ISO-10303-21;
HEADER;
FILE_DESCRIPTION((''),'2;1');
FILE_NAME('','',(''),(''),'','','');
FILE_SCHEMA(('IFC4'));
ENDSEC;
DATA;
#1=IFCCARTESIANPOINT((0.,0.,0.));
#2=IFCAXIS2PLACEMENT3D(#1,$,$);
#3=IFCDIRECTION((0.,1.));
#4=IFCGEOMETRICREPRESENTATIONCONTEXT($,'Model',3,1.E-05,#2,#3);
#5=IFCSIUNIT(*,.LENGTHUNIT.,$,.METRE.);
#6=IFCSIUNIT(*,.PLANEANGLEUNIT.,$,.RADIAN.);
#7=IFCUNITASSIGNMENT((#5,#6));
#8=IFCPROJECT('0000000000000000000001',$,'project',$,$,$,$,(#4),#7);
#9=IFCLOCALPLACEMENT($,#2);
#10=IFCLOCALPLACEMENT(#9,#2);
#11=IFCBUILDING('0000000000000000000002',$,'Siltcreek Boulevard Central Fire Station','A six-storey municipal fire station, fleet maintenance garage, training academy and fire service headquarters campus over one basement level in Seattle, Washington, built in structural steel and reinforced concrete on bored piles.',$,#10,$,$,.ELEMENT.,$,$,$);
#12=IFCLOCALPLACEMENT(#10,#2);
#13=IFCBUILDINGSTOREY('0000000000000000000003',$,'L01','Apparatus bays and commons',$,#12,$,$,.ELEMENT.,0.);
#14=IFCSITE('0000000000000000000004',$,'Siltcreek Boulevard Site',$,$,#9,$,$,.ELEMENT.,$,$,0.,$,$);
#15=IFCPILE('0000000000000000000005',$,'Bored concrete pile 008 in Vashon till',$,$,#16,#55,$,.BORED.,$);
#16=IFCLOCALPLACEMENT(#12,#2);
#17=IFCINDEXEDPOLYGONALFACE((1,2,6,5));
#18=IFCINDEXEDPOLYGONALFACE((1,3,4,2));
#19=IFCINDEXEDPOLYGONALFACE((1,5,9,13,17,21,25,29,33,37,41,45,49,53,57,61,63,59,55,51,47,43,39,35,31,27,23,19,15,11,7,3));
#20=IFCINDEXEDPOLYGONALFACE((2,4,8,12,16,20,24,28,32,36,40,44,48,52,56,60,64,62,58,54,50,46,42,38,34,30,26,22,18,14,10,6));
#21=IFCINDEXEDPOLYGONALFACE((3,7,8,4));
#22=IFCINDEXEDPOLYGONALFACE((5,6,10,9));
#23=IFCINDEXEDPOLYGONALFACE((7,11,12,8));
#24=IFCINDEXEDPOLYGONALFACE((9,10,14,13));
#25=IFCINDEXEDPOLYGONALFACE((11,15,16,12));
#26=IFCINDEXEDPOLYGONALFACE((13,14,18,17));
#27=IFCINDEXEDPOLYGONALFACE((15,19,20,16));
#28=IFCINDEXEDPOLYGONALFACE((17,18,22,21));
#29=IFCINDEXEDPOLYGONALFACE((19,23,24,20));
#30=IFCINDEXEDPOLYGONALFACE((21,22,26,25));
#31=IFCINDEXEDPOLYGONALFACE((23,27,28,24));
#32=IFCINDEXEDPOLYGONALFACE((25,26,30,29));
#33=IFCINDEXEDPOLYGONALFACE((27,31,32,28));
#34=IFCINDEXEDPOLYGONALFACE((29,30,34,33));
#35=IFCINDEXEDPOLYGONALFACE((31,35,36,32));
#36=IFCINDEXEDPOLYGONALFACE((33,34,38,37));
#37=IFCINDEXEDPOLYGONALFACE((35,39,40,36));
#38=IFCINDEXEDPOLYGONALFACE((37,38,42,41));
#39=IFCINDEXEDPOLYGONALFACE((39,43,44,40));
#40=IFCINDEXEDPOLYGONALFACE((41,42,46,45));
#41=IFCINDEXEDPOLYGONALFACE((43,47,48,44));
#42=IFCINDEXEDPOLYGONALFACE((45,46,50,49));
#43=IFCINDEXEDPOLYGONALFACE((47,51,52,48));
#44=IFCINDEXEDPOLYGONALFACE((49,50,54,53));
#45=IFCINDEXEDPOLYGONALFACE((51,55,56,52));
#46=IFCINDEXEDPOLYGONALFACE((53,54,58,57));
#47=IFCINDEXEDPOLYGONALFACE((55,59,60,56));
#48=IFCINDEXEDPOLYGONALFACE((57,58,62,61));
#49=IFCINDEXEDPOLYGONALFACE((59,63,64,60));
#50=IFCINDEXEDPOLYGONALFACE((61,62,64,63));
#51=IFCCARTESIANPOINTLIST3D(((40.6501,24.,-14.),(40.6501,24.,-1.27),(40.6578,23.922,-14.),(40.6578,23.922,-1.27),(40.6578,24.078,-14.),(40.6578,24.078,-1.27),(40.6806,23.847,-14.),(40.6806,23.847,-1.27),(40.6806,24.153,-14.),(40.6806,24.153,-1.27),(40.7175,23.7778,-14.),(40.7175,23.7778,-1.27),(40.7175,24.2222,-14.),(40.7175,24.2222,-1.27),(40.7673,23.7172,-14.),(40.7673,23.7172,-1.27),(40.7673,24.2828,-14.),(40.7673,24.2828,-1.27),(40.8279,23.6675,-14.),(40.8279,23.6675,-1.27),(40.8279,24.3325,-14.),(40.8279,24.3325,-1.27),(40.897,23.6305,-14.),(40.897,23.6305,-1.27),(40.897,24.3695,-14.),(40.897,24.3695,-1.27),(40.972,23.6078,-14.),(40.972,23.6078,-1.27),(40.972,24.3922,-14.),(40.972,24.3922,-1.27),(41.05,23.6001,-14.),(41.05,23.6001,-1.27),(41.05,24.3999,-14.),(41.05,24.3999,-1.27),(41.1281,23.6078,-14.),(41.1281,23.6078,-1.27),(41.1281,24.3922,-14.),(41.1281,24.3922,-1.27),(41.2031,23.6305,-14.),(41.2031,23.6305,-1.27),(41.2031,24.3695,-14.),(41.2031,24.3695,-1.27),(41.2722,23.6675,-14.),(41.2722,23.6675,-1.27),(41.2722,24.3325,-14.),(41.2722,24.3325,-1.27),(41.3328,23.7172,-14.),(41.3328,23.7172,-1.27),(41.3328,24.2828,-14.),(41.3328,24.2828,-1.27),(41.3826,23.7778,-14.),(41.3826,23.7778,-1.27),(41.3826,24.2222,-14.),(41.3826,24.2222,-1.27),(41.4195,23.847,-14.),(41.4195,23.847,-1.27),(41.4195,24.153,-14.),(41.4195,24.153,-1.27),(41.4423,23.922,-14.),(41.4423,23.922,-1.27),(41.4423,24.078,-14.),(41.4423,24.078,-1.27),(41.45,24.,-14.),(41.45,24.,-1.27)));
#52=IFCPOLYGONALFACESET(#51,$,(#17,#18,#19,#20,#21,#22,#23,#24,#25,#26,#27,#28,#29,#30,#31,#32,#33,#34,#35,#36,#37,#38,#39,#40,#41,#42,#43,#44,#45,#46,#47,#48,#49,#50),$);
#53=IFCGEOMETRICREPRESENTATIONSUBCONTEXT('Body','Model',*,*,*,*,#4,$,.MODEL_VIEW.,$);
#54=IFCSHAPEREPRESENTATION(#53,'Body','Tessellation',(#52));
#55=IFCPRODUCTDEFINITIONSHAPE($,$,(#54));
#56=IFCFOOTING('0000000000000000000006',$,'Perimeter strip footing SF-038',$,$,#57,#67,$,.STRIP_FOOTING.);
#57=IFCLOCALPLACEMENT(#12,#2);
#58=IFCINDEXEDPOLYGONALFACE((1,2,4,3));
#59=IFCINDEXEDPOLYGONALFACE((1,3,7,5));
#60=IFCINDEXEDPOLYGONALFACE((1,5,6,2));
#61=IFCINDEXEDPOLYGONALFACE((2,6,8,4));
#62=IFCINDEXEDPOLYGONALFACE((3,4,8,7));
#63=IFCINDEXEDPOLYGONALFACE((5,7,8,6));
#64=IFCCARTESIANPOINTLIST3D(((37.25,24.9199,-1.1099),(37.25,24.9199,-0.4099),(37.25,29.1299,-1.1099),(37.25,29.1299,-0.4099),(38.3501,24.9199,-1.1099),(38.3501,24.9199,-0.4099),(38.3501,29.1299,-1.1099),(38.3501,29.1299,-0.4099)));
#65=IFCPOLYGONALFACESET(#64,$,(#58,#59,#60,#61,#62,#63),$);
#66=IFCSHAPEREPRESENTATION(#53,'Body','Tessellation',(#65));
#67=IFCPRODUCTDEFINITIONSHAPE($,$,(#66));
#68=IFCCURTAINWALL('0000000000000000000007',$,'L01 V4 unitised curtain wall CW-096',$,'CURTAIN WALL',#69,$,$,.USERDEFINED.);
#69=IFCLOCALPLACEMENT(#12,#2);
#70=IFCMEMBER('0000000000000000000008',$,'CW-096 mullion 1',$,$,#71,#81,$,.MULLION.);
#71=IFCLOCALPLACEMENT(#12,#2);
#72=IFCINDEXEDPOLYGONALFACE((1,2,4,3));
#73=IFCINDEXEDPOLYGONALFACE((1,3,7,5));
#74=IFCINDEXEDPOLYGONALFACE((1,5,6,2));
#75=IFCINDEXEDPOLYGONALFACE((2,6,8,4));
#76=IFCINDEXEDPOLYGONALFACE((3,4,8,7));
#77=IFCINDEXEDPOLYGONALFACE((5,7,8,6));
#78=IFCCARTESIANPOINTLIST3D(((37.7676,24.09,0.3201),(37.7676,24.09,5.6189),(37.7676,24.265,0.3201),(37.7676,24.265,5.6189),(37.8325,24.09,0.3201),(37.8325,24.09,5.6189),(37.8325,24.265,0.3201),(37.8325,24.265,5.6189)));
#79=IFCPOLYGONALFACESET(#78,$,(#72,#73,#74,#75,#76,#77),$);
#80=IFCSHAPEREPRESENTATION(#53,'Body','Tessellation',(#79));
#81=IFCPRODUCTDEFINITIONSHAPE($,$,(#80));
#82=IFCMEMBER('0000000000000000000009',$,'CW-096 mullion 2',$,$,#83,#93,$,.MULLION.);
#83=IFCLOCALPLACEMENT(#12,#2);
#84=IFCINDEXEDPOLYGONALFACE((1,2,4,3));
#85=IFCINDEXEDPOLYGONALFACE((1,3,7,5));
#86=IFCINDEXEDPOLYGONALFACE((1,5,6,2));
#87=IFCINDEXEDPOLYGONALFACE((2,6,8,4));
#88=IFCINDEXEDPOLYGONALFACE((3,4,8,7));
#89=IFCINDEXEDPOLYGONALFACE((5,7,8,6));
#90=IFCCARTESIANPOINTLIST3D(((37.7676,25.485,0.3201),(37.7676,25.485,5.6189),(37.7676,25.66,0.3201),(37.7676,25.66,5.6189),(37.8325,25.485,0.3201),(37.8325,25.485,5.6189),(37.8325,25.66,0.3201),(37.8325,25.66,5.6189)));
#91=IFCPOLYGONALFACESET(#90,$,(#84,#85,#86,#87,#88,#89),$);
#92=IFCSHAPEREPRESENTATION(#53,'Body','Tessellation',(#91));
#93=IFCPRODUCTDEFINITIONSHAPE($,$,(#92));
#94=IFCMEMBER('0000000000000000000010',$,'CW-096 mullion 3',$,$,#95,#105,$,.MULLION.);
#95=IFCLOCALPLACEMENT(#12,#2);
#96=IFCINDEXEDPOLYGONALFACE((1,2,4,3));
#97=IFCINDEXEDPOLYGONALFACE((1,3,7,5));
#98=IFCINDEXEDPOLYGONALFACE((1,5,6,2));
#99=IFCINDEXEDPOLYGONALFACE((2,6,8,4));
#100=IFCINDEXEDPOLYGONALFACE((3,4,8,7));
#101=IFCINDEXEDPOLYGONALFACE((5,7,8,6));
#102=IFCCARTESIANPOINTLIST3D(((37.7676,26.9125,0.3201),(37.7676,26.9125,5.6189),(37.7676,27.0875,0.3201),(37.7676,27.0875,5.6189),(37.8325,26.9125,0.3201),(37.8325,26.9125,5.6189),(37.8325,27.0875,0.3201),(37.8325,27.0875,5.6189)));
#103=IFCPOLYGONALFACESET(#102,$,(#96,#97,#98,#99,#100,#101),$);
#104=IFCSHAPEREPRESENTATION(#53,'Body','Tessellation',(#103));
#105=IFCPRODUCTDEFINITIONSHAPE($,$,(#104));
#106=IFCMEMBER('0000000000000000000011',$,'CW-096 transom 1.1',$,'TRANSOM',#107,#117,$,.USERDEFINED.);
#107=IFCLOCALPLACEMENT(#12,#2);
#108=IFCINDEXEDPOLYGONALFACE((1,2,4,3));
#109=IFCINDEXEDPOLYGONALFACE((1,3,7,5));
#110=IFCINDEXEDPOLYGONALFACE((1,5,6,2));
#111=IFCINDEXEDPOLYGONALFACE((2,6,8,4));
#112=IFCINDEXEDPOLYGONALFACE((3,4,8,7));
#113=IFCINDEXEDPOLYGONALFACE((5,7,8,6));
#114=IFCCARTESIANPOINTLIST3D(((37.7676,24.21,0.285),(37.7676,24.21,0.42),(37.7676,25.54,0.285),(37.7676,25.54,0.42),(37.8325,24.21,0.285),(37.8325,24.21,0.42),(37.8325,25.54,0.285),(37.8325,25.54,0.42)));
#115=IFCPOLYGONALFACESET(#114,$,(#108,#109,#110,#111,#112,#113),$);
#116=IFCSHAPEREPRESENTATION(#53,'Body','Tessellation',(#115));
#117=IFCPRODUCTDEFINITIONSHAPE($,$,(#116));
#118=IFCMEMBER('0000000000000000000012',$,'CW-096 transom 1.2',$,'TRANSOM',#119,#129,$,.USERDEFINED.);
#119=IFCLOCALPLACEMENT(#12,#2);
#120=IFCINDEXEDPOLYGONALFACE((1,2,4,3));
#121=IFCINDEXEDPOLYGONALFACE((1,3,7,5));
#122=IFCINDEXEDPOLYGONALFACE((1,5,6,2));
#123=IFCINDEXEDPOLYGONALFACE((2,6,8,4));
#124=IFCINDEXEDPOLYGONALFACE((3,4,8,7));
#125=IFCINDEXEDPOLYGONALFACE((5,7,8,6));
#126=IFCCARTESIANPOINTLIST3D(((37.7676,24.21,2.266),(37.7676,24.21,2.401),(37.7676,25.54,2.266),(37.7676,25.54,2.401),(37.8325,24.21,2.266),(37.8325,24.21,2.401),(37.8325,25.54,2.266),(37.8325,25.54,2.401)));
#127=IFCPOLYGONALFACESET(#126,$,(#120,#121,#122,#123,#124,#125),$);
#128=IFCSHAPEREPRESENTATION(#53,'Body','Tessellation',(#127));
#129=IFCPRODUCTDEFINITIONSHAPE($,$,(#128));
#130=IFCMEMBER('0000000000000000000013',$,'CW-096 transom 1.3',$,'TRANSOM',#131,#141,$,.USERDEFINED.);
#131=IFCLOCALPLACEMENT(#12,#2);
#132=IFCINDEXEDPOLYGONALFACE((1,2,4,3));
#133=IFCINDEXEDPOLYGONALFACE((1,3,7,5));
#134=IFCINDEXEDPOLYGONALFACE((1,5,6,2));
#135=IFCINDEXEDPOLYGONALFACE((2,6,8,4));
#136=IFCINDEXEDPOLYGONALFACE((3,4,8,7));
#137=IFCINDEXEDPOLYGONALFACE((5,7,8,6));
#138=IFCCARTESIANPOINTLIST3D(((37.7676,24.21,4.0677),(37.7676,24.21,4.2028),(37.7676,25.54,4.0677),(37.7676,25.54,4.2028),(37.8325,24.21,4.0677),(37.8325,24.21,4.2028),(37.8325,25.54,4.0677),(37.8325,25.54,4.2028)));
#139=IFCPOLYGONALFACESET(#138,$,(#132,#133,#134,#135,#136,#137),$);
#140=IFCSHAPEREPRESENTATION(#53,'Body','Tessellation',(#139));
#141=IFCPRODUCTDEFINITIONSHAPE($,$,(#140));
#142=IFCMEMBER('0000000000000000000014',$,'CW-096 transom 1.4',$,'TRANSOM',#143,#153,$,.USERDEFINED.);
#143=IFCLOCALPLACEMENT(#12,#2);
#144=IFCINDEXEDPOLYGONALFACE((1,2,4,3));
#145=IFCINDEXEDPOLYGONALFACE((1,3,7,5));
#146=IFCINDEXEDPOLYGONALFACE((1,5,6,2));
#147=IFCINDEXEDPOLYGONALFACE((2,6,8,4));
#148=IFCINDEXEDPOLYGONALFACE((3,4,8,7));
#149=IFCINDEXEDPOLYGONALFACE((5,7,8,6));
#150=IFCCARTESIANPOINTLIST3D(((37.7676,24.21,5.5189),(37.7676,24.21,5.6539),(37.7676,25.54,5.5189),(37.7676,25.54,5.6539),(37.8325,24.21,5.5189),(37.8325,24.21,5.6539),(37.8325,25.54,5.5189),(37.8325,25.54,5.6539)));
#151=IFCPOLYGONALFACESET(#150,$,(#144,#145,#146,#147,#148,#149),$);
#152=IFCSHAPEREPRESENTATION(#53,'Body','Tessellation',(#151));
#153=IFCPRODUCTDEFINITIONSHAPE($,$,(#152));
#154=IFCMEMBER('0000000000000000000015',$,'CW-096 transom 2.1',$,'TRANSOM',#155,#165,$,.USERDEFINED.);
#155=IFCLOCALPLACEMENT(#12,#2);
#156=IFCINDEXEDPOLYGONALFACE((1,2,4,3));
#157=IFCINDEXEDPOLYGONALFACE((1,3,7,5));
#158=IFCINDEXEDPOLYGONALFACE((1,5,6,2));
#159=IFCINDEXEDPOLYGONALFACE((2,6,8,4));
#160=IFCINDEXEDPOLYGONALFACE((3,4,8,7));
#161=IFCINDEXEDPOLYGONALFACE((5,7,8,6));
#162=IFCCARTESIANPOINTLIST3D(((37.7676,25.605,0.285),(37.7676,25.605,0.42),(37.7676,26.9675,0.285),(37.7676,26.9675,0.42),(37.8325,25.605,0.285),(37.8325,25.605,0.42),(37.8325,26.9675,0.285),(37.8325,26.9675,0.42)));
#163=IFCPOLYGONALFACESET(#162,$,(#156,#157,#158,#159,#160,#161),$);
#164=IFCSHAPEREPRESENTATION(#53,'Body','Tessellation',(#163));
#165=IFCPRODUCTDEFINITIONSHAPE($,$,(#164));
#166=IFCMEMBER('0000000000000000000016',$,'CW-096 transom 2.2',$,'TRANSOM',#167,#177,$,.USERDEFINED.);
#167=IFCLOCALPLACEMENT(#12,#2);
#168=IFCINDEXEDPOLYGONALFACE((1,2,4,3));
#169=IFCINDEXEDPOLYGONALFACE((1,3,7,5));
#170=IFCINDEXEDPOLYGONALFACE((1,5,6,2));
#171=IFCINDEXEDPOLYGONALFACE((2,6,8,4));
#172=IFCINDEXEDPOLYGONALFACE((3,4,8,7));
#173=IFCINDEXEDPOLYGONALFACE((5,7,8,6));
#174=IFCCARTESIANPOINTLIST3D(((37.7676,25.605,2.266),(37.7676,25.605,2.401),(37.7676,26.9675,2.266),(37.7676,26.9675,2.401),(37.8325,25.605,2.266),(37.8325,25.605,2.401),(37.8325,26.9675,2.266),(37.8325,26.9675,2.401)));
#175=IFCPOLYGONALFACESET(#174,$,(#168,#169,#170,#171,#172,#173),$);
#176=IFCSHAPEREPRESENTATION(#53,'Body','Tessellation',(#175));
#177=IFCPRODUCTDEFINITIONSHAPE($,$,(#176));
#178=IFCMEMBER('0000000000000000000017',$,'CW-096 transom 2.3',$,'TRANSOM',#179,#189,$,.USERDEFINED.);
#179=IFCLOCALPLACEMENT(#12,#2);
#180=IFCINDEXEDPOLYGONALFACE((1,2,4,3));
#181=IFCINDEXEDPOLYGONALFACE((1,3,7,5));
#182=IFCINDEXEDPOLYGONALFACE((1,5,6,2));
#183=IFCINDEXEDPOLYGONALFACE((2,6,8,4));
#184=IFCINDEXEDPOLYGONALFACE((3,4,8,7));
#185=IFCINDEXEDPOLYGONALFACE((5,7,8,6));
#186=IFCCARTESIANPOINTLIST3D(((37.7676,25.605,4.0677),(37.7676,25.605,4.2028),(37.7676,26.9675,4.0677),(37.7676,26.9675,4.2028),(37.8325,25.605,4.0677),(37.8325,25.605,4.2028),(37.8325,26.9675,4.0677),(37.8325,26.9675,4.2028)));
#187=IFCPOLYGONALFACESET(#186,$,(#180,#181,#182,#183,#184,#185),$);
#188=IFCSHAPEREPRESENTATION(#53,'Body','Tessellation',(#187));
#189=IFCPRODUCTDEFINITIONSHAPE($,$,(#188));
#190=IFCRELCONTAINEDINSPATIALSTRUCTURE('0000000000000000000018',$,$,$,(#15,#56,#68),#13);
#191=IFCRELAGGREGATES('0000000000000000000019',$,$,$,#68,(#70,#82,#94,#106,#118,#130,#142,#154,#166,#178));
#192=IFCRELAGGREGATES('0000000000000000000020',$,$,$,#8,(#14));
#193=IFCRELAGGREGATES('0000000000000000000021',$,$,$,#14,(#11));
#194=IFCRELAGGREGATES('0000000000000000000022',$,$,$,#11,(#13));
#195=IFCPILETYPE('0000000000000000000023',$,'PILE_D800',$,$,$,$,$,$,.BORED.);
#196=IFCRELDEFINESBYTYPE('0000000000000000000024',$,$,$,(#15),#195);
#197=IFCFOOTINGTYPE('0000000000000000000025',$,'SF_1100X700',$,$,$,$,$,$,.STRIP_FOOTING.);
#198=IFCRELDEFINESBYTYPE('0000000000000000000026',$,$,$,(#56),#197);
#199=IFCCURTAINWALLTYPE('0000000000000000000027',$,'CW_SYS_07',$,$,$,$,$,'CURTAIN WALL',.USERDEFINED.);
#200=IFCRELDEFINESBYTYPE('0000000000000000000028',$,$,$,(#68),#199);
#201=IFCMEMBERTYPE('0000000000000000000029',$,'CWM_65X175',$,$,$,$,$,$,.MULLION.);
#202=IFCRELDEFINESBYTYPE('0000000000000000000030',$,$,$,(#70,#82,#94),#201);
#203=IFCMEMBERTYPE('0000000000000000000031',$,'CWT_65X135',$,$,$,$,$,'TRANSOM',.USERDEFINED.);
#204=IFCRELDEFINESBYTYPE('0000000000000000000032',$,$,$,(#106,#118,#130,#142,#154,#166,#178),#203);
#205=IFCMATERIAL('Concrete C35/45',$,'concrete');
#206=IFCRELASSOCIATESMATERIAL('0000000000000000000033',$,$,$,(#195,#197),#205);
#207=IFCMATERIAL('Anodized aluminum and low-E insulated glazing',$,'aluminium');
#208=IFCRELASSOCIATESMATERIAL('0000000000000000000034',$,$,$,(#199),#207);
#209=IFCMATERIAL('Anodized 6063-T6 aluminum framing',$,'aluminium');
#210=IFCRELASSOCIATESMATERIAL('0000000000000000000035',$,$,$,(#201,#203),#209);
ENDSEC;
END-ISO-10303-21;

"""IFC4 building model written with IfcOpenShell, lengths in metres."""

from ifc_helpers import new_model, si_unit, direction, frame, origin, origin_2d, place, context, subcontext, project, spatial, rectangle, circle, extrude, material, material_profile, profile_set, type_object, element, aggregate, save


model = new_model("IFC4")

# Units and contexts
model_context = context("Model", 3, precision=1e-05, world=origin(), true_north=direction((0.0, 1.0)))
body_context = subcontext(model_context, "Body", "Model", "MODEL_VIEW")
ifc_project = project(units=[si_unit("LENGTHUNIT", "METRE"), si_unit("PLANEANGLEUNIT", "RADIAN")], contexts=[model_context])

# Site, building, storey
site_placement = place(None, origin())
site = spatial("IfcSite", under=ifc_project, at=site_placement, Name="Siltcreek Boulevard Site", CompositionType="ELEMENT", RefElevation=0.0)
building_placement = place(site_placement, origin())
building = spatial("IfcBuilding", under=site, at=building_placement, Name="Siltcreek Boulevard Central Fire Station", Description="A six-storey municipal fire station, fleet maintenance garage, training academy and fire service headquarters campus over one basement level in Seattle, Washington, built in structural steel and reinforced concrete on bored piles.", CompositionType="ELEMENT")
storey_placement = place(building_placement, origin())
storey = spatial("IfcBuildingStorey", under=building, at=storey_placement, Name="L01", Description="Apparatus bays and commons", CompositionType="ELEMENT", Elevation=0.0)

# Pile
ifc_material_1 = material(Name="Concrete C35/45", Category="concrete")
ifc_material_profile_1 = material_profile(ifc_material_1, circle(Radius=0.3999, at=origin_2d()), Name="SHAFT800")
ifc_profile_set_1 = profile_set([ifc_material_profile_1], Name="Concrete C35/45")
pile_type = type_object("IfcPileType", Name="PILE_D800", PredefinedType="BORED", material=ifc_profile_set_1)
pile_placement = place(storey_placement, frame((41.05, 24.0, -1.27), z_axis=(0.0, 0.0, -1.0), x_axis=(1.0, 0.0, 0.0)))
element("IfcPile", 1, at=pile_placement, inside=storey, type_object=pile_type, Name="Bored concrete pile 008 in Vashon till", PredefinedType="BORED", context=body_context, shape_type="SweptSolid", body=[
    extrude(circle(Radius=0.3999, at=origin_2d()), origin(), (0.0, 0.0, 1.0), 12.73),
])

# Footing
footing_type = type_object("IfcFootingType", Name="SF_1100X700", PredefinedType="STRIP_FOOTING", material=ifc_material_1)
footing_placement = place(storey_placement, frame((37.8, 27.0249, -1.1099), z_axis=(0.0, 0.0, 1.0), x_axis=(1.0, 0.0, 0.0)))
element("IfcFooting", 2, at=footing_placement, inside=storey, type_object=footing_type, Name="Perimeter strip footing SF-038", PredefinedType="STRIP_FOOTING", context=body_context, shape_type="SweptSolid", body=[
    extrude(rectangle(XDim=1.1001, YDim=4.21, at=origin_2d()), origin(), (0.0, 0.0, 1.0), 0.7),
])

# Curtain wall, members
ifc_material_2 = material(Name="Anodized aluminum and low-E insulated glazing", Category="aluminium")
curtain_wall_type = type_object("IfcCurtainWallType", Name="CW_SYS_07", ElementType="CURTAIN WALL", PredefinedType="USERDEFINED", material=ifc_material_2)
curtain_wall_placement = place(storey_placement, origin())
curtain_wall = element("IfcCurtainWall", 3, at=curtain_wall_placement, inside=storey, type_object=curtain_wall_type, Name="L01 V4 unitised curtain wall CW-096", ObjectType="CURTAIN WALL", PredefinedType="USERDEFINED")
ifc_material_3 = material(Name="Anodized 6063-T6 aluminum framing", Category="aluminium")
ifc_material_profile_2 = material_profile(ifc_material_3, rectangle(XDim=0.0649, YDim=0.175, at=origin_2d()), Name="MULL65X175")
ifc_profile_set_2 = profile_set([ifc_material_profile_2], Name="Anodized 6063-T6 aluminum framing")
member_type_1 = type_object("IfcMemberType", Name="CWM_65X175", PredefinedType="MULLION", material=ifc_profile_set_2)
member_1_placement = place(storey_placement, frame((37.8, 24.1775, 0.3201), z_axis=(0.0, 0.0, 1.0), x_axis=(-1.0, 0.0, 0.0)))
member_1 = element("IfcMember", 4, at=member_1_placement, type_object=member_type_1, Name="CW-096 mullion 1", PredefinedType="MULLION", context=body_context, shape_type="SweptSolid", body=[
    extrude(rectangle(XDim=0.0649, YDim=0.175, at=origin_2d()), origin(), (0.0, 0.0, 1.0), 5.2988),
])
member_2_placement = place(storey_placement, frame((37.8, 25.5725, 0.3201), z_axis=(0.0, 0.0, 1.0), x_axis=(-1.0, 0.0, 0.0)))
member_2 = element("IfcMember", 5, at=member_2_placement, type_object=member_type_1, Name="CW-096 mullion 2", PredefinedType="MULLION", context=body_context, shape_type="SweptSolid", body=[
    extrude(rectangle(XDim=0.0649, YDim=0.175, at=origin_2d()), origin(), (0.0, 0.0, 1.0), 5.2988),
])
member_3_placement = place(storey_placement, frame((37.8, 27.0, 0.3201), z_axis=(0.0, 0.0, 1.0), x_axis=(-1.0, 0.0, 0.0)))
member_3 = element("IfcMember", 6, at=member_3_placement, type_object=member_type_1, Name="CW-096 mullion 3", PredefinedType="MULLION", context=body_context, shape_type="SweptSolid", body=[
    extrude(rectangle(XDim=0.0649, YDim=0.175, at=origin_2d()), origin(), (0.0, 0.0, 1.0), 5.2988),
])
ifc_material_profile_3 = material_profile(ifc_material_3, rectangle(XDim=0.0649, YDim=0.135, at=origin_2d()), Name="TRAN65X135")
ifc_profile_set_3 = profile_set([ifc_material_profile_3], Name="Anodized 6063-T6 aluminum framing")
member_type_2 = type_object("IfcMemberType", Name="CWT_65X135", ElementType="TRANSOM", PredefinedType="USERDEFINED", material=ifc_profile_set_3)
member_4_placement = place(storey_placement, frame((37.8, 24.21, 0.3525), z_axis=(0.0, 1.0, 0.0), x_axis=(-1.0, 0.0, 0.0)))
member_4 = element("IfcMember", 7, at=member_4_placement, type_object=member_type_2, Name="CW-096 transom 1.1", ObjectType="TRANSOM", PredefinedType="USERDEFINED", context=body_context, shape_type="SweptSolid", body=[
    extrude(rectangle(XDim=0.0649, YDim=0.135, at=origin_2d()), origin(), (0.0, 0.0, 1.0), 1.3301),
])
member_5_placement = place(storey_placement, frame((37.8, 24.21, 2.3335), z_axis=(0.0, 1.0, 0.0), x_axis=(-1.0, 0.0, 0.0)))
member_5 = element("IfcMember", 8, at=member_5_placement, type_object=member_type_2, Name="CW-096 transom 1.2", ObjectType="TRANSOM", PredefinedType="USERDEFINED", context=body_context, shape_type="SweptSolid", body=[
    extrude(rectangle(XDim=0.0649, YDim=0.135, at=origin_2d()), origin(), (0.0, 0.0, 1.0), 1.3301),
])
member_6_placement = place(storey_placement, frame((37.8, 24.21, 4.1353), z_axis=(0.0, 1.0, 0.0), x_axis=(-1.0, 0.0, 0.0)))
member_6 = element("IfcMember", 9, at=member_6_placement, type_object=member_type_2, Name="CW-096 transom 1.3", ObjectType="TRANSOM", PredefinedType="USERDEFINED", context=body_context, shape_type="SweptSolid", body=[
    extrude(rectangle(XDim=0.0649, YDim=0.135, at=origin_2d()), origin(), (0.0, 0.0, 1.0), 1.3301),
])
member_7_placement = place(storey_placement, frame((37.8, 24.21, 5.5864), z_axis=(0.0, 1.0, 0.0), x_axis=(-1.0, 0.0, 0.0)))
member_7 = element("IfcMember", 10, at=member_7_placement, type_object=member_type_2, Name="CW-096 transom 1.4", ObjectType="TRANSOM", PredefinedType="USERDEFINED", context=body_context, shape_type="SweptSolid", body=[
    extrude(rectangle(XDim=0.0649, YDim=0.135, at=origin_2d()), origin(), (0.0, 0.0, 1.0), 1.3301),
])
member_8_placement = place(storey_placement, frame((37.8, 25.605, 0.3525), z_axis=(0.0, 1.0, 0.0), x_axis=(-1.0, 0.0, 0.0)))
member_8 = element("IfcMember", 11, at=member_8_placement, type_object=member_type_2, Name="CW-096 transom 2.1", ObjectType="TRANSOM", PredefinedType="USERDEFINED", context=body_context, shape_type="SweptSolid", body=[
    extrude(rectangle(XDim=0.0649, YDim=0.135, at=origin_2d()), origin(), (0.0, 0.0, 1.0), 1.3625),
])
member_9_placement = place(storey_placement, frame((37.8, 25.605, 2.3335), z_axis=(0.0, 1.0, 0.0), x_axis=(-1.0, 0.0, 0.0)))
member_9 = element("IfcMember", 12, at=member_9_placement, type_object=member_type_2, Name="CW-096 transom 2.2", ObjectType="TRANSOM", PredefinedType="USERDEFINED", context=body_context, shape_type="SweptSolid", body=[
    extrude(rectangle(XDim=0.0649, YDim=0.135, at=origin_2d()), origin(), (0.0, 0.0, 1.0), 1.3625),
])
member_10_placement = place(storey_placement, frame((37.8, 25.605, 4.1353), z_axis=(0.0, 1.0, 0.0), x_axis=(-1.0, 0.0, 0.0)))
member_10 = element("IfcMember", 13, at=member_10_placement, type_object=member_type_2, Name="CW-096 transom 2.3", ObjectType="TRANSOM", PredefinedType="USERDEFINED", context=body_context, shape_type="SweptSolid", body=[
    extrude(rectangle(XDim=0.0649, YDim=0.135, at=origin_2d()), origin(), (0.0, 0.0, 1.0), 1.3625),
])

aggregate(curtain_wall, [member_1, member_2, member_3, member_4, member_5, member_6, member_7, member_8, member_9, member_10])

save(model, "model.ifc")
